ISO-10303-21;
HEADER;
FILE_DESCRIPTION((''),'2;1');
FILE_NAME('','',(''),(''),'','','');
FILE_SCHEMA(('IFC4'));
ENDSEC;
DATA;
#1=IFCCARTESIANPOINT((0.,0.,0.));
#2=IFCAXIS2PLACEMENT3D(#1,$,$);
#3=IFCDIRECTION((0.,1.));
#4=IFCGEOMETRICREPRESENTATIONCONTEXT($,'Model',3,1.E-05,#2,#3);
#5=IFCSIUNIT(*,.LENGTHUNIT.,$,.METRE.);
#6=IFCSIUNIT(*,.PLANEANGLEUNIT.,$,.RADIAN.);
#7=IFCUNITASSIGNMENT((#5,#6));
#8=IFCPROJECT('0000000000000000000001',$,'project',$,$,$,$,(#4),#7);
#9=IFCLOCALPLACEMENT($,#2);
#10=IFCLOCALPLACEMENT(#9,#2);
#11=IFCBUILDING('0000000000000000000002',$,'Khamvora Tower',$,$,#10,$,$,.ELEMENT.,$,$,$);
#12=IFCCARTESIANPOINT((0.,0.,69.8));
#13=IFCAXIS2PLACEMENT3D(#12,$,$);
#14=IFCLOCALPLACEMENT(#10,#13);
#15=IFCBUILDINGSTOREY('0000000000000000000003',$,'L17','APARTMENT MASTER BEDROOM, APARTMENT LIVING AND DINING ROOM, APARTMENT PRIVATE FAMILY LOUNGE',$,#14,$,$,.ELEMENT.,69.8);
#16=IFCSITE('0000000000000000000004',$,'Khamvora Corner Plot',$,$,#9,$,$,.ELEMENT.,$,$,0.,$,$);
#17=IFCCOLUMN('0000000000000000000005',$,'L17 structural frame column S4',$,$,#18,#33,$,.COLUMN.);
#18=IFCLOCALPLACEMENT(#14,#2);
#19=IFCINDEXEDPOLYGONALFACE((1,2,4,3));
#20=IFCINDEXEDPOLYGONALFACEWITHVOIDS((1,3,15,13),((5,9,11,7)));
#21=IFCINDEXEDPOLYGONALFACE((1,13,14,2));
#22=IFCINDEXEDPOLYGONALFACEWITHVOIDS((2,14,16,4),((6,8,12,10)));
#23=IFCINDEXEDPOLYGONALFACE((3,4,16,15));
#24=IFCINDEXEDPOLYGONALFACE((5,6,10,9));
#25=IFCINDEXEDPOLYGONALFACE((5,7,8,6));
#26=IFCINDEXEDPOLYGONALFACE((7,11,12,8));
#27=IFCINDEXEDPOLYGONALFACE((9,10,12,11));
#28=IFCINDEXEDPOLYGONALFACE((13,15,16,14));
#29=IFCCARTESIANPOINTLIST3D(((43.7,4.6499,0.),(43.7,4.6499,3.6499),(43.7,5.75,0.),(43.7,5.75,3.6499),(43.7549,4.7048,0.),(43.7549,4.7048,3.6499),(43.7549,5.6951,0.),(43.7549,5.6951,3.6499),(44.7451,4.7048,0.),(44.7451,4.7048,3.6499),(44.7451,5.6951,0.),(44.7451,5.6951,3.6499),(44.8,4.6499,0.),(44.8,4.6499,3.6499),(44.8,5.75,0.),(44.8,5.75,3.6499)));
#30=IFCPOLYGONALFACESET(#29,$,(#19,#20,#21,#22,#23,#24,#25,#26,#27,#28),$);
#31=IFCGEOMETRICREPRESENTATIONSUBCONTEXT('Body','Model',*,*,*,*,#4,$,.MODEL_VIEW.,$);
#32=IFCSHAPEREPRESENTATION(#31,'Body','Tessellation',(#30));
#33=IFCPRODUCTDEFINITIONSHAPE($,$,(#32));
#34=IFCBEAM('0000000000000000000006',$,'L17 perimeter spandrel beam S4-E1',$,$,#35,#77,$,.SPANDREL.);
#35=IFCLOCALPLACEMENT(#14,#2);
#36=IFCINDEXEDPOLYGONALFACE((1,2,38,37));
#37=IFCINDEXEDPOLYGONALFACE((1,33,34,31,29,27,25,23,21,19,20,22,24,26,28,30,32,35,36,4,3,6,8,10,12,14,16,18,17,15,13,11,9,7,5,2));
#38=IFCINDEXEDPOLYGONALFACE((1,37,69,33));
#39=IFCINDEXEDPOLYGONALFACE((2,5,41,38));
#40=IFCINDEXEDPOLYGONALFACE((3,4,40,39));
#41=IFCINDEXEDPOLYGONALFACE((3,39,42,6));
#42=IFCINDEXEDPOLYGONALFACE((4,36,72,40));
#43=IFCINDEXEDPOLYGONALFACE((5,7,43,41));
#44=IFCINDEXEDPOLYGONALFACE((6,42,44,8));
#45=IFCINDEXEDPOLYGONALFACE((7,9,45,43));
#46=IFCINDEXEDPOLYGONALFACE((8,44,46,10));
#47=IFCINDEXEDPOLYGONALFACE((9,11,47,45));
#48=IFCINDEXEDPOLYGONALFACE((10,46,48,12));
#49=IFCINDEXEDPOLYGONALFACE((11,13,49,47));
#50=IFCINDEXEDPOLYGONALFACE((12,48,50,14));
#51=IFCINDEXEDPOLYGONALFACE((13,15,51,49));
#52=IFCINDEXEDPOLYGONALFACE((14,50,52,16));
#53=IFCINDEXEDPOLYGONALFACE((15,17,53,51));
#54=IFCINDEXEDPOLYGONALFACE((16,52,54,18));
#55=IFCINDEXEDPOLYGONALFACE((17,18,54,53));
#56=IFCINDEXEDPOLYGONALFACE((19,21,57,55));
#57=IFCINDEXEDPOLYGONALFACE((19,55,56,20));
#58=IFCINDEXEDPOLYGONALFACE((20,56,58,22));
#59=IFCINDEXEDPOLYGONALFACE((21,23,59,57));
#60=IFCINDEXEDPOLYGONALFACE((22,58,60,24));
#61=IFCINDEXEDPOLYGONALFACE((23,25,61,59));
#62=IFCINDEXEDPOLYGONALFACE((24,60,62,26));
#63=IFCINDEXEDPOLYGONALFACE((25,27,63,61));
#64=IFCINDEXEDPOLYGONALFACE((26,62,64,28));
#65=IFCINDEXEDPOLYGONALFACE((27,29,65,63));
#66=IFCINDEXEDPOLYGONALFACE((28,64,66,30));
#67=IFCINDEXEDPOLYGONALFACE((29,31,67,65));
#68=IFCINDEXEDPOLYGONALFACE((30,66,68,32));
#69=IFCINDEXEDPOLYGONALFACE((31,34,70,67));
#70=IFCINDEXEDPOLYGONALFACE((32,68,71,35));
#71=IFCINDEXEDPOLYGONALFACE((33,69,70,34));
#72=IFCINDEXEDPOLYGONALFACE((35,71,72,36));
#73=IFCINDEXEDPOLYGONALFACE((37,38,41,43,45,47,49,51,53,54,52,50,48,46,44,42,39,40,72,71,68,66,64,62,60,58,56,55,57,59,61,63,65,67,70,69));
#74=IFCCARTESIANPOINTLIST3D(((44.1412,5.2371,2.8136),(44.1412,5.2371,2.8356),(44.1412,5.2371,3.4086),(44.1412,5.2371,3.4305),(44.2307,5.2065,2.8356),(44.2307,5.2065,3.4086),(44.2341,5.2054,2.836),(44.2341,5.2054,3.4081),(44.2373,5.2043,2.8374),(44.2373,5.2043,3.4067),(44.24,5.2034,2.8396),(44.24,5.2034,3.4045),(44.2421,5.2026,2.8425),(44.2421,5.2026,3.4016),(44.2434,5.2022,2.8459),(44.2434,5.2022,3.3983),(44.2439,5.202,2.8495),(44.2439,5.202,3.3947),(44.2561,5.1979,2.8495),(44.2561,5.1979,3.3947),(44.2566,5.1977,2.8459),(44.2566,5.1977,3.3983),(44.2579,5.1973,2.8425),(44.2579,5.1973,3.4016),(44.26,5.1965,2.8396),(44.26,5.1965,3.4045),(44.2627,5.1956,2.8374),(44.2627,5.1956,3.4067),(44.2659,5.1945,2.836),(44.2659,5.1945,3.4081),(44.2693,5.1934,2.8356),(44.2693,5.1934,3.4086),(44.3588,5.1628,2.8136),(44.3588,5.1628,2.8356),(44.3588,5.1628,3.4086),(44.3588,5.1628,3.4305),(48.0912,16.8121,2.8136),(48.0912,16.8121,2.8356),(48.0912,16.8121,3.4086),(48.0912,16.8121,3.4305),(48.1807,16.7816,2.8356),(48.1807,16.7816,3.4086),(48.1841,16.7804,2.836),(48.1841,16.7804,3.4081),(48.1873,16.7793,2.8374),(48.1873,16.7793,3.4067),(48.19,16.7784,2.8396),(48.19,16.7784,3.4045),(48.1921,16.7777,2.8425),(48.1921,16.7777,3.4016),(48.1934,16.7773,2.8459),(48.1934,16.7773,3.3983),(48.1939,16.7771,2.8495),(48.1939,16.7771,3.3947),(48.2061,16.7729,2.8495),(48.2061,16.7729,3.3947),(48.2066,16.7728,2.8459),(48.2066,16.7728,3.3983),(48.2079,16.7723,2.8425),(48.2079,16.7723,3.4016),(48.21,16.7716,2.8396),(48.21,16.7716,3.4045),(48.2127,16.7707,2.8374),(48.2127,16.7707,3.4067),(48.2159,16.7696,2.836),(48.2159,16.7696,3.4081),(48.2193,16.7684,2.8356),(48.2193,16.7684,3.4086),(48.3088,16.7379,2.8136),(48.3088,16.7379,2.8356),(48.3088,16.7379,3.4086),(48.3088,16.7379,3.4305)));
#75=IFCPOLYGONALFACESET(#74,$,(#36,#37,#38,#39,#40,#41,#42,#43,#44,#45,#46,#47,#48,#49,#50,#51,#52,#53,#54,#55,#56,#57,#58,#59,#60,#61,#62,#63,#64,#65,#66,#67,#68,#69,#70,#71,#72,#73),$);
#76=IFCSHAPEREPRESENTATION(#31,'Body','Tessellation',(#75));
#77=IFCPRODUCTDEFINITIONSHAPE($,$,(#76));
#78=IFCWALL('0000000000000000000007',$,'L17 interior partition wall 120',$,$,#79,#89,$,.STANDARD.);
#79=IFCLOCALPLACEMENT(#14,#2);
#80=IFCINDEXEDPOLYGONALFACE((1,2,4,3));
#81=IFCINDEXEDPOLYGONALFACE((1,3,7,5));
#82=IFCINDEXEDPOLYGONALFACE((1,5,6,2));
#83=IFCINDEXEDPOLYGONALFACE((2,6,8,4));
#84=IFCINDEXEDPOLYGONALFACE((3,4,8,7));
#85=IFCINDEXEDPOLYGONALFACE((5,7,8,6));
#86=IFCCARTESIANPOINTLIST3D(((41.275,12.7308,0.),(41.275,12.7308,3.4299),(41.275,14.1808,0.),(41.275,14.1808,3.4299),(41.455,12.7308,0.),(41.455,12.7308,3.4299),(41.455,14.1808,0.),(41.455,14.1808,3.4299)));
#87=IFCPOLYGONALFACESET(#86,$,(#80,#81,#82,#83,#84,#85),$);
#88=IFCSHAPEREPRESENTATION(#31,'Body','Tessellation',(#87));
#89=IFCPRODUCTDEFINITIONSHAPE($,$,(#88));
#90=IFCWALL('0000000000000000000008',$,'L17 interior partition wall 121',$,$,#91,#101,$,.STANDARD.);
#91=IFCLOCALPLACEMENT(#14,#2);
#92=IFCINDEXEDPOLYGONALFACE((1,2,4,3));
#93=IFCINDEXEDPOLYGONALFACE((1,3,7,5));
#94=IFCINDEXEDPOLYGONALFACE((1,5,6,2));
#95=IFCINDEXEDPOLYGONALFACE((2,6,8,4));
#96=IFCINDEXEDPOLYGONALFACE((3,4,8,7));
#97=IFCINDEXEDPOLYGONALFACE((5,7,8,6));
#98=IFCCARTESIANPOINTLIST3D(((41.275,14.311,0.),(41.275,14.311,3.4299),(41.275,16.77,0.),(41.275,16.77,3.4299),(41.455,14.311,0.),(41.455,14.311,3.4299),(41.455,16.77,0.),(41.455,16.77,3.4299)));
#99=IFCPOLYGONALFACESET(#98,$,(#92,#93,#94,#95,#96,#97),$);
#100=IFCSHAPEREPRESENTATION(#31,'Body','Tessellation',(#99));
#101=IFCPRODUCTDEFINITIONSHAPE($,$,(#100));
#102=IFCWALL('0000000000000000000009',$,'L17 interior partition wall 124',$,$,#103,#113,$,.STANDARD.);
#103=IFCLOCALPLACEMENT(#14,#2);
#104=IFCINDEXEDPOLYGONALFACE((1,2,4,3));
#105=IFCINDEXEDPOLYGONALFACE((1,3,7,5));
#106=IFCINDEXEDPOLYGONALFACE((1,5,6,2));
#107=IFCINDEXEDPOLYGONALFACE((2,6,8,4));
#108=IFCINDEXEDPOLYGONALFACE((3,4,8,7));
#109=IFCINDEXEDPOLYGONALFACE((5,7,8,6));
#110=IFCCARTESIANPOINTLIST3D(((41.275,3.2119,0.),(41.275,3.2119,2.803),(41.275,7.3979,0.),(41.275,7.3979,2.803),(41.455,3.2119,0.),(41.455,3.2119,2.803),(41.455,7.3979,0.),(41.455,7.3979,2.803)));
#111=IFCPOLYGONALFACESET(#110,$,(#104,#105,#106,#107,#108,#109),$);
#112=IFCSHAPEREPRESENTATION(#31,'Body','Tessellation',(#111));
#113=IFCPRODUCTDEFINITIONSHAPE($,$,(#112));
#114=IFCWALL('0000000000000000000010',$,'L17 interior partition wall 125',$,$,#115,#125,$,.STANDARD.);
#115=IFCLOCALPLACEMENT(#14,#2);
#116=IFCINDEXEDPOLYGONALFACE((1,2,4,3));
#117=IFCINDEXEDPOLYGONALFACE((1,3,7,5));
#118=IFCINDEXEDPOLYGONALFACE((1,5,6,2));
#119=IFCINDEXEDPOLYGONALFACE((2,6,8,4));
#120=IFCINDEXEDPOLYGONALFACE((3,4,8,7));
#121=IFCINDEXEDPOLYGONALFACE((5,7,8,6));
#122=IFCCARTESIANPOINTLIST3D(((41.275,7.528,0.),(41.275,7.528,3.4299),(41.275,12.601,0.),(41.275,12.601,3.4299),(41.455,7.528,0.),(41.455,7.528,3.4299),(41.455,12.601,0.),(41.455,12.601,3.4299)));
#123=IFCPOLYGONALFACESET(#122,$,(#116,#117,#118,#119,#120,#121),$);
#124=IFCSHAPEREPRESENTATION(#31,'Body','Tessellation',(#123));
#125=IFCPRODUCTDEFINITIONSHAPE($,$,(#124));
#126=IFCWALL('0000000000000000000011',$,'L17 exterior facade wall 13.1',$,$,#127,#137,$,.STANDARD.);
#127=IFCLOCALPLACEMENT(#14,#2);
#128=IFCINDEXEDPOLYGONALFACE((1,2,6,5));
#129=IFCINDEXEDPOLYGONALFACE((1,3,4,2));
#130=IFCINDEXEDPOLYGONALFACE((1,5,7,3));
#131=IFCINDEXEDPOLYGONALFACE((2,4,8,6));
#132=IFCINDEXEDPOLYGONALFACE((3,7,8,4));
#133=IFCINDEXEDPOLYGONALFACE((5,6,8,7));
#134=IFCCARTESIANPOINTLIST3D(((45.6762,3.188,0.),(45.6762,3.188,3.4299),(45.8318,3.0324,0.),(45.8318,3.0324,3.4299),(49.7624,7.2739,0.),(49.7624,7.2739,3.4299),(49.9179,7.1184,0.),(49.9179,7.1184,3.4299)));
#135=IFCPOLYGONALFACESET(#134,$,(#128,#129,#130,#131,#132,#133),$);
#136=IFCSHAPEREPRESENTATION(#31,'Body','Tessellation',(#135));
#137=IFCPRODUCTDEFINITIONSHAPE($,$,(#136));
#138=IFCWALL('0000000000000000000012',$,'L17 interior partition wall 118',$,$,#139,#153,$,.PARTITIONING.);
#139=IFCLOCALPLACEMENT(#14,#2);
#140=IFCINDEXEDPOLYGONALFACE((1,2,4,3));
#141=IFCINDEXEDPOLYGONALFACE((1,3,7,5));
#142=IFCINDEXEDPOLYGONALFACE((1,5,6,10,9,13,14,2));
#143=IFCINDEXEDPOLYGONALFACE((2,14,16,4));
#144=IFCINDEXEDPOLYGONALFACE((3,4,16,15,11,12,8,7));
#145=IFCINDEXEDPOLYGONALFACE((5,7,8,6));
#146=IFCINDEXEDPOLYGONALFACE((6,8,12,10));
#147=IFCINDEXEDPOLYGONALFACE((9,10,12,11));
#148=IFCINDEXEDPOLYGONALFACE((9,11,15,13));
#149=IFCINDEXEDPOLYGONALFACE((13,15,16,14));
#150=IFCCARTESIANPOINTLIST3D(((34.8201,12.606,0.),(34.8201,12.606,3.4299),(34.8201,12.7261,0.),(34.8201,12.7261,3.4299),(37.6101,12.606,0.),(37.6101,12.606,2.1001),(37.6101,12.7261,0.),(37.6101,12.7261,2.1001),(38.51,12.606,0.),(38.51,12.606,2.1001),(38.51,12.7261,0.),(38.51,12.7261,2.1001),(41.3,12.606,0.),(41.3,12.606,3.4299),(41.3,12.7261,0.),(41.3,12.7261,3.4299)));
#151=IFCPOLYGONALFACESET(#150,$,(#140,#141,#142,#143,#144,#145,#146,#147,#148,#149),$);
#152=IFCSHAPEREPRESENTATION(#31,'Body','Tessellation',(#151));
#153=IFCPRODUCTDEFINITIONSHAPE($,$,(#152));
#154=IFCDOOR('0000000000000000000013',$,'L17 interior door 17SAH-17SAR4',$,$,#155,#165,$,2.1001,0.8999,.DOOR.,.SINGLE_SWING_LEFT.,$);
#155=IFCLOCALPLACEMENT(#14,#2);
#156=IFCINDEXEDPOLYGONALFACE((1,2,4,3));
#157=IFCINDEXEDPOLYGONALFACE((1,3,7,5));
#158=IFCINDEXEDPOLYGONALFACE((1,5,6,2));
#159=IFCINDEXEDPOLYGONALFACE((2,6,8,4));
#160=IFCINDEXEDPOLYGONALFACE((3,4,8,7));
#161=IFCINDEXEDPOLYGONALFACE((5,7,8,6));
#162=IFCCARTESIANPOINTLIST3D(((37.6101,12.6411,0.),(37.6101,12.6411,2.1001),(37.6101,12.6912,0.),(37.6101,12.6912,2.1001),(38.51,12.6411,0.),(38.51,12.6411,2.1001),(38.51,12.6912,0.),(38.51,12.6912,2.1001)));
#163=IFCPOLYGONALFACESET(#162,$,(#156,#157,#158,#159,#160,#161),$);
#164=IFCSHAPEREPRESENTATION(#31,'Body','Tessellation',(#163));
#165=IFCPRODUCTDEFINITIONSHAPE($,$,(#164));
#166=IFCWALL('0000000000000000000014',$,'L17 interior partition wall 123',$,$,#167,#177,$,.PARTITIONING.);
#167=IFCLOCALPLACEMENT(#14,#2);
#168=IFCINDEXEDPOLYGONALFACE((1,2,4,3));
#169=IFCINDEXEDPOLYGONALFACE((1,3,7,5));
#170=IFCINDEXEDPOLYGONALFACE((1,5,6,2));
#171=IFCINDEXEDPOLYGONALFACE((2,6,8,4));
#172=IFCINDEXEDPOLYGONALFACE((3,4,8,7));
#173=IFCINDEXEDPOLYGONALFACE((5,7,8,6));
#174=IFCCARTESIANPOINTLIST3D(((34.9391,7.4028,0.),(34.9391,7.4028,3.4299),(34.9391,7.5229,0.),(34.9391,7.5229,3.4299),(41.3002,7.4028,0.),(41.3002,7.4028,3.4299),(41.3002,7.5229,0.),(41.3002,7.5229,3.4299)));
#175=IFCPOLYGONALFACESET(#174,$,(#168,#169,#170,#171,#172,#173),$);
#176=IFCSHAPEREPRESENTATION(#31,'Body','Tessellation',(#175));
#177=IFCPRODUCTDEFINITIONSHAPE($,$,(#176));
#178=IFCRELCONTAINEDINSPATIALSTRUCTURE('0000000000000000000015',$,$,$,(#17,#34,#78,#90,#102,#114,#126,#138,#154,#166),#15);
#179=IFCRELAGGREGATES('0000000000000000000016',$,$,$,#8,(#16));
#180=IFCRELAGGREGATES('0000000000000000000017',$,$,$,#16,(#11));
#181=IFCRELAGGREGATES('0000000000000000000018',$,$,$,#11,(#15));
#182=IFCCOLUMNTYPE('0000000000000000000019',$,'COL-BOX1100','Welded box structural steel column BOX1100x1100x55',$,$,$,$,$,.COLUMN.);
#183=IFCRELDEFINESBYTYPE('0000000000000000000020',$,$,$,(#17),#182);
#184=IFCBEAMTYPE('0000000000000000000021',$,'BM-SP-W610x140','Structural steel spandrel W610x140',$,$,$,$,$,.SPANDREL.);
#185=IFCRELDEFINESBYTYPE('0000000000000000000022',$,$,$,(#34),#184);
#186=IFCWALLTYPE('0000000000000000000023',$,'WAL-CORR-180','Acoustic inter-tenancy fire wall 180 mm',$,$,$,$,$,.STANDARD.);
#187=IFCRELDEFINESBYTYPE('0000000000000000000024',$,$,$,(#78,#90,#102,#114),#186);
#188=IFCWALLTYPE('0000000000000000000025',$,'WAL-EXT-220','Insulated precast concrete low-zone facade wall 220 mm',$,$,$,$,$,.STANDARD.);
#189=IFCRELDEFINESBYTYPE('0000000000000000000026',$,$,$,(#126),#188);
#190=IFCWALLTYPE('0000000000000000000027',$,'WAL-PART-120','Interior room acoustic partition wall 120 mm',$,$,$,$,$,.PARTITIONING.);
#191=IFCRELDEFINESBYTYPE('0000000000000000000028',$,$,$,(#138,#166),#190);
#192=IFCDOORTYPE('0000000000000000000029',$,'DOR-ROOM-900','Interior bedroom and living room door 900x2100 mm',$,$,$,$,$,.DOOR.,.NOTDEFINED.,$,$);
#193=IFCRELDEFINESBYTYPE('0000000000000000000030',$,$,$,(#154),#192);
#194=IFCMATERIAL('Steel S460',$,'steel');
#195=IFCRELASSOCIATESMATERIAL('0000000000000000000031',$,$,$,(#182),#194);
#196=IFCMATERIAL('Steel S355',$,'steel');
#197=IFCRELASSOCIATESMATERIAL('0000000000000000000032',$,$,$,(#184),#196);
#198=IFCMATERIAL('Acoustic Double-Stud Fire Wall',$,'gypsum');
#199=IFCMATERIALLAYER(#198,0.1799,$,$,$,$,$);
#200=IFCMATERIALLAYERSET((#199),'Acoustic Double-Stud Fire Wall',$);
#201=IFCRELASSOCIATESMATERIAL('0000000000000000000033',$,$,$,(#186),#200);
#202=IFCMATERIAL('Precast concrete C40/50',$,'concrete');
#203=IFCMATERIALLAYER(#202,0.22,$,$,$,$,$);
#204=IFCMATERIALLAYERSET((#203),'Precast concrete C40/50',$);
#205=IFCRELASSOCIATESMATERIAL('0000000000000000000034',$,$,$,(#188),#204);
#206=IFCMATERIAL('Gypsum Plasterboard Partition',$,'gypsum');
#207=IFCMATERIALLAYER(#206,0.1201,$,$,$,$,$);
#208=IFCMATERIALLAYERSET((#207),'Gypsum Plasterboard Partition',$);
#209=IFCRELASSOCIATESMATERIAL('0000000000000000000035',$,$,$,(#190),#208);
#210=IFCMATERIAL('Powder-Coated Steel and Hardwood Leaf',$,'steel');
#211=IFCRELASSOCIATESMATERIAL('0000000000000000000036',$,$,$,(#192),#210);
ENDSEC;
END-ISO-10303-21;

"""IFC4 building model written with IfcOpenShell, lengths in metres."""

from ifc_helpers import new_model, si_unit, direction, frame, frame_2d, origin, origin_2d, place, context, subcontext, project, spatial, rectangle, hollow_rectangle, i_section, extrude, material, layer, layer_set, material_profile, profile_set, type_object, element, fill, save


model = new_model("IFC4")

# Units and contexts
model_context = context("Model", 3, precision=1e-05, world=origin(), true_north=direction((0.0, 1.0)))
body_context = subcontext(model_context, "Body", "Model", "MODEL_VIEW")
ifc_project = project(units=[si_unit("LENGTHUNIT", "METRE"), si_unit("PLANEANGLEUNIT", "RADIAN")], contexts=[model_context])

# Site, building, storey
site_placement = place(None, origin())
site = spatial("IfcSite", under=ifc_project, at=site_placement, Name="Khamvora Corner Plot", CompositionType="ELEMENT", RefElevation=0.0)
building_placement = place(site_placement, origin())
building = spatial("IfcBuilding", under=site, at=building_placement, Name="Khamvora Tower", CompositionType="ELEMENT")
storey_placement = place(building_placement, frame((0.0, 0.0, 69.8)))
storey = spatial("IfcBuildingStorey", under=building, at=storey_placement, Name="L17", Description="APARTMENT MASTER BEDROOM, APARTMENT LIVING AND DINING ROOM, APARTMENT PRIVATE FAMILY LOUNGE", CompositionType="ELEMENT", Elevation=69.8)

# Column
ifc_material_1 = material(Name="Steel S460", Category="steel")
ifc_material_profile_1 = material_profile(ifc_material_1, hollow_rectangle(XDim=1.1001, YDim=1.1001, WallThickness=0.0549, at=origin_2d()), Name="BOX1100x1100x55")
ifc_profile_set_1 = profile_set([ifc_material_profile_1], Name="Steel S460")
column_type = type_object("IfcColumnType", Name="COL-BOX1100", Description="Welded box structural steel column BOX1100x1100x55", PredefinedType="COLUMN", material=ifc_profile_set_1)
column_placement = place(storey_placement, frame((44.25, 5.2, 0.0), z_axis=(0.0, 0.0, 1.0), x_axis=(1.0, 0.0, 0.0)))
element("IfcColumn", 1, at=column_placement, inside=storey, type_object=column_type, Name="L17 structural frame column S4", PredefinedType="COLUMN", context=body_context, shape_type="SweptSolid", body=[
    extrude(hollow_rectangle(XDim=1.1001, YDim=1.1001, WallThickness=0.0549, at=origin_2d()), origin(), (0.0, 0.0, 1.0), 3.6499),
])

# Beam
ifc_material_2 = material(Name="Steel S355", Category="steel")
ifc_material_profile_2 = material_profile(ifc_material_2, i_section(OverallWidth=0.23, OverallDepth=0.6169, WebThickness=0.0129, FlangeThickness=0.022, FilletRadius=0.0139, at=origin_2d()), Name="W610x140")
ifc_profile_set_2 = profile_set([ifc_material_profile_2], Name="Steel S355")
beam_type = type_object("IfcBeamType", Name="BM-SP-W610x140", Description="Structural steel spandrel W610x140", PredefinedType="SPANDREL", material=ifc_profile_set_2)
beam_placement = place(storey_placement, frame((44.25, 5.2, 3.1221), z_axis=(0.322963, 0.946412, 0.0), x_axis=(-0.946412, 0.322963, 0.0)))
element("IfcBeam", 2, at=beam_placement, inside=storey, type_object=beam_type, Name="L17 perimeter spandrel beam S4-E1", PredefinedType="SPANDREL", context=body_context, shape_type="SweptSolid", body=[
    extrude(i_section(OverallWidth=0.23, OverallDepth=0.6169, WebThickness=0.0129, FlangeThickness=0.022, FilletRadius=0.0139, at=origin_2d()), origin(), (0.0, 0.0, 1.0), 12.2305),
])

# Walls
ifc_material_3 = material(Name="Acoustic Double-Stud Fire Wall", Category="gypsum")
ifc_layer_1 = layer(ifc_material_3, 0.1799)
ifc_layer_set_1 = layer_set([ifc_layer_1], Name="Acoustic Double-Stud Fire Wall")
wall_type_1 = type_object("IfcWallType", Name="WAL-CORR-180", Description="Acoustic inter-tenancy fire wall 180 mm", PredefinedType="STANDARD", material=ifc_layer_set_1)
wall_1_placement = place(storey_placement, frame((41.365, 14.1809, 0.0), z_axis=(0.0, 0.0, 1.0), x_axis=(0.0, -1.0, 0.0)))
element("IfcWall", 3, at=wall_1_placement, inside=storey, type_object=wall_type_1, Name="L17 interior partition wall 120", PredefinedType="STANDARD", context=body_context, shape_type="SweptSolid", body=[
    extrude(rectangle(XDim=1.45, YDim=0.1799, at=frame_2d((0.7251, 0.0))), origin(), (0.0, 0.0, 1.0), 3.4299),
])
wall_2_placement = place(storey_placement, frame((41.365, 16.77, 0.0), z_axis=(0.0, 0.0, 1.0), x_axis=(0.0, -1.0, 0.0)))
element("IfcWall", 4, at=wall_2_placement, inside=storey, type_object=wall_type_1, Name="L17 interior partition wall 121", PredefinedType="STANDARD", context=body_context, shape_type="SweptSolid", body=[
    extrude(rectangle(XDim=2.459, YDim=0.1799, at=frame_2d((1.2295, 0.0))), origin(), (0.0, 0.0, 1.0), 3.4299),
])
wall_3_placement = place(storey_placement, frame((41.365, 7.3979, 0.0), z_axis=(0.0, 0.0, 1.0), x_axis=(0.0, -1.0, 0.0)))
element("IfcWall", 5, at=wall_3_placement, inside=storey, type_object=wall_type_1, Name="L17 interior partition wall 124", PredefinedType="STANDARD", context=body_context, shape_type="SweptSolid", body=[
    extrude(rectangle(XDim=4.186, YDim=0.1799, at=frame_2d((2.093, 0.0))), origin(), (0.0, 0.0, 1.0), 2.803),
])
wall_4_placement = place(storey_placement, frame((41.365, 12.6011, 0.0), z_axis=(0.0, 0.0, 1.0), x_axis=(0.0, -1.0, 0.0)))
element("IfcWall", 6, at=wall_4_placement, inside=storey, type_object=wall_type_1, Name="L17 interior partition wall 125", PredefinedType="STANDARD", context=body_context, shape_type="SweptSolid", body=[
    extrude(rectangle(XDim=5.073, YDim=0.1799, at=frame_2d((2.5366, 0.0))), origin(), (0.0, 0.0, 1.0), 3.4299),
])
ifc_material_4 = material(Name="Precast concrete C40/50", Category="concrete")
ifc_layer_2 = layer(ifc_material_4, 0.22)
ifc_layer_set_2 = layer_set([ifc_layer_2], Name="Precast concrete C40/50")
wall_type_2 = type_object("IfcWallType", Name="WAL-EXT-220", Description="Insulated precast concrete low-zone facade wall 220 mm", PredefinedType="STANDARD", material=ifc_layer_set_2)
wall_5_placement = place(storey_placement, frame((49.8401, 7.196, 0.0), z_axis=(0.0, 0.0, 1.0), x_axis=(-0.707128, -0.707086, 0.0)))
element("IfcWall", 7, at=wall_5_placement, inside=storey, type_object=wall_type_2, Name="L17 exterior facade wall 13.1", PredefinedType="STANDARD", context=body_context, shape_type="SweptSolid", body=[
    extrude(rectangle(XDim=5.7786, YDim=0.22, at=frame_2d((2.8892, 0.0))), origin(), (0.0, 0.0, 1.0), 3.4299),
])

# Wall, opening, door
ifc_material_5 = material(Name="Gypsum Plasterboard Partition", Category="gypsum")
ifc_layer_3 = layer(ifc_material_5, 0.1201)
ifc_layer_set_3 = layer_set([ifc_layer_3], Name="Gypsum Plasterboard Partition")
wall_type_3 = type_object("IfcWallType", Name="WAL-PART-120", Description="Interior room acoustic partition wall 120 mm", PredefinedType="PARTITIONING", material=ifc_layer_set_3)
wall_6_placement = place(storey_placement, frame((41.3, 12.666, 0.0), z_axis=(0.0, 0.0, 1.0), x_axis=(-1.0, 0.0, 0.0)))
wall_6 = element("IfcWall", 8, at=wall_6_placement, inside=storey, type_object=wall_type_3, Name="L17 interior partition wall 118", PredefinedType="PARTITIONING", context=body_context, shape_type="SweptSolid", body=[
    extrude(rectangle(XDim=6.48, YDim=0.1201, at=frame_2d((3.24, 0.0))), origin(), (0.0, 0.0, 1.0), 3.4299),
])
opening_1_placement = place(wall_6_placement, frame((2.79, 0.0, 0.0)))
opening_1 = element("IfcOpeningElement", 9, at=opening_1_placement, cuts=wall_6, PredefinedType="OPENING", context=body_context, shape_type="SweptSolid", body=[
    extrude(rectangle(XDim=0.8999, YDim=2.1001, at=frame_2d((0.45, 1.05))), frame((0.0, 0.0701, 0.0), z_axis=(0.0, -1.0, 0.0), x_axis=(1.0, 0.0, 0.0)), (0.0, 0.0, 1.0), 0.1401),
])
ifc_material_6 = material(Name="Powder-Coated Steel and Hardwood Leaf", Category="steel")
door_type = type_object("IfcDoorType", Name="DOR-ROOM-900", Description="Interior bedroom and living room door 900x2100 mm", OperationType="NOTDEFINED", PredefinedType="DOOR", material=ifc_material_6)
door_1_placement = place(opening_1_placement, origin())
door_1 = element("IfcDoor", 10, at=door_1_placement, inside=storey, type_object=door_type, Name="L17 interior door 17SAH-17SAR4", OperationType="SINGLE_SWING_LEFT", OverallHeight=2.1001, OverallWidth=0.8999, PredefinedType="DOOR", context=body_context, shape_type="SweptSolid", body=[
    extrude(rectangle(XDim=0.8999, YDim=2.1001, at=frame_2d((0.45, 1.05))), frame((0.0, 0.0249, 0.0), z_axis=(0.0, -1.0, 0.0), x_axis=(1.0, 0.0, 0.0)), (0.0, 0.0, 1.0), 0.05),
])
fill(opening_1, door_1)

# Wall
wall_7_placement = place(storey_placement, frame((34.939, 7.4629, 0.0), z_axis=(0.0, 0.0, 1.0), x_axis=(1.0, 0.0, 0.0)))
element("IfcWall", 11, at=wall_7_placement, inside=storey, type_object=wall_type_3, Name="L17 interior partition wall 123", PredefinedType="PARTITIONING", context=body_context, shape_type="SweptSolid", body=[
    extrude(rectangle(XDim=6.3611, YDim=0.1201, at=frame_2d((3.1807, 0.0))), origin(), (0.0, 0.0, 1.0), 3.4299),
])

save(model, "model.ifc")
